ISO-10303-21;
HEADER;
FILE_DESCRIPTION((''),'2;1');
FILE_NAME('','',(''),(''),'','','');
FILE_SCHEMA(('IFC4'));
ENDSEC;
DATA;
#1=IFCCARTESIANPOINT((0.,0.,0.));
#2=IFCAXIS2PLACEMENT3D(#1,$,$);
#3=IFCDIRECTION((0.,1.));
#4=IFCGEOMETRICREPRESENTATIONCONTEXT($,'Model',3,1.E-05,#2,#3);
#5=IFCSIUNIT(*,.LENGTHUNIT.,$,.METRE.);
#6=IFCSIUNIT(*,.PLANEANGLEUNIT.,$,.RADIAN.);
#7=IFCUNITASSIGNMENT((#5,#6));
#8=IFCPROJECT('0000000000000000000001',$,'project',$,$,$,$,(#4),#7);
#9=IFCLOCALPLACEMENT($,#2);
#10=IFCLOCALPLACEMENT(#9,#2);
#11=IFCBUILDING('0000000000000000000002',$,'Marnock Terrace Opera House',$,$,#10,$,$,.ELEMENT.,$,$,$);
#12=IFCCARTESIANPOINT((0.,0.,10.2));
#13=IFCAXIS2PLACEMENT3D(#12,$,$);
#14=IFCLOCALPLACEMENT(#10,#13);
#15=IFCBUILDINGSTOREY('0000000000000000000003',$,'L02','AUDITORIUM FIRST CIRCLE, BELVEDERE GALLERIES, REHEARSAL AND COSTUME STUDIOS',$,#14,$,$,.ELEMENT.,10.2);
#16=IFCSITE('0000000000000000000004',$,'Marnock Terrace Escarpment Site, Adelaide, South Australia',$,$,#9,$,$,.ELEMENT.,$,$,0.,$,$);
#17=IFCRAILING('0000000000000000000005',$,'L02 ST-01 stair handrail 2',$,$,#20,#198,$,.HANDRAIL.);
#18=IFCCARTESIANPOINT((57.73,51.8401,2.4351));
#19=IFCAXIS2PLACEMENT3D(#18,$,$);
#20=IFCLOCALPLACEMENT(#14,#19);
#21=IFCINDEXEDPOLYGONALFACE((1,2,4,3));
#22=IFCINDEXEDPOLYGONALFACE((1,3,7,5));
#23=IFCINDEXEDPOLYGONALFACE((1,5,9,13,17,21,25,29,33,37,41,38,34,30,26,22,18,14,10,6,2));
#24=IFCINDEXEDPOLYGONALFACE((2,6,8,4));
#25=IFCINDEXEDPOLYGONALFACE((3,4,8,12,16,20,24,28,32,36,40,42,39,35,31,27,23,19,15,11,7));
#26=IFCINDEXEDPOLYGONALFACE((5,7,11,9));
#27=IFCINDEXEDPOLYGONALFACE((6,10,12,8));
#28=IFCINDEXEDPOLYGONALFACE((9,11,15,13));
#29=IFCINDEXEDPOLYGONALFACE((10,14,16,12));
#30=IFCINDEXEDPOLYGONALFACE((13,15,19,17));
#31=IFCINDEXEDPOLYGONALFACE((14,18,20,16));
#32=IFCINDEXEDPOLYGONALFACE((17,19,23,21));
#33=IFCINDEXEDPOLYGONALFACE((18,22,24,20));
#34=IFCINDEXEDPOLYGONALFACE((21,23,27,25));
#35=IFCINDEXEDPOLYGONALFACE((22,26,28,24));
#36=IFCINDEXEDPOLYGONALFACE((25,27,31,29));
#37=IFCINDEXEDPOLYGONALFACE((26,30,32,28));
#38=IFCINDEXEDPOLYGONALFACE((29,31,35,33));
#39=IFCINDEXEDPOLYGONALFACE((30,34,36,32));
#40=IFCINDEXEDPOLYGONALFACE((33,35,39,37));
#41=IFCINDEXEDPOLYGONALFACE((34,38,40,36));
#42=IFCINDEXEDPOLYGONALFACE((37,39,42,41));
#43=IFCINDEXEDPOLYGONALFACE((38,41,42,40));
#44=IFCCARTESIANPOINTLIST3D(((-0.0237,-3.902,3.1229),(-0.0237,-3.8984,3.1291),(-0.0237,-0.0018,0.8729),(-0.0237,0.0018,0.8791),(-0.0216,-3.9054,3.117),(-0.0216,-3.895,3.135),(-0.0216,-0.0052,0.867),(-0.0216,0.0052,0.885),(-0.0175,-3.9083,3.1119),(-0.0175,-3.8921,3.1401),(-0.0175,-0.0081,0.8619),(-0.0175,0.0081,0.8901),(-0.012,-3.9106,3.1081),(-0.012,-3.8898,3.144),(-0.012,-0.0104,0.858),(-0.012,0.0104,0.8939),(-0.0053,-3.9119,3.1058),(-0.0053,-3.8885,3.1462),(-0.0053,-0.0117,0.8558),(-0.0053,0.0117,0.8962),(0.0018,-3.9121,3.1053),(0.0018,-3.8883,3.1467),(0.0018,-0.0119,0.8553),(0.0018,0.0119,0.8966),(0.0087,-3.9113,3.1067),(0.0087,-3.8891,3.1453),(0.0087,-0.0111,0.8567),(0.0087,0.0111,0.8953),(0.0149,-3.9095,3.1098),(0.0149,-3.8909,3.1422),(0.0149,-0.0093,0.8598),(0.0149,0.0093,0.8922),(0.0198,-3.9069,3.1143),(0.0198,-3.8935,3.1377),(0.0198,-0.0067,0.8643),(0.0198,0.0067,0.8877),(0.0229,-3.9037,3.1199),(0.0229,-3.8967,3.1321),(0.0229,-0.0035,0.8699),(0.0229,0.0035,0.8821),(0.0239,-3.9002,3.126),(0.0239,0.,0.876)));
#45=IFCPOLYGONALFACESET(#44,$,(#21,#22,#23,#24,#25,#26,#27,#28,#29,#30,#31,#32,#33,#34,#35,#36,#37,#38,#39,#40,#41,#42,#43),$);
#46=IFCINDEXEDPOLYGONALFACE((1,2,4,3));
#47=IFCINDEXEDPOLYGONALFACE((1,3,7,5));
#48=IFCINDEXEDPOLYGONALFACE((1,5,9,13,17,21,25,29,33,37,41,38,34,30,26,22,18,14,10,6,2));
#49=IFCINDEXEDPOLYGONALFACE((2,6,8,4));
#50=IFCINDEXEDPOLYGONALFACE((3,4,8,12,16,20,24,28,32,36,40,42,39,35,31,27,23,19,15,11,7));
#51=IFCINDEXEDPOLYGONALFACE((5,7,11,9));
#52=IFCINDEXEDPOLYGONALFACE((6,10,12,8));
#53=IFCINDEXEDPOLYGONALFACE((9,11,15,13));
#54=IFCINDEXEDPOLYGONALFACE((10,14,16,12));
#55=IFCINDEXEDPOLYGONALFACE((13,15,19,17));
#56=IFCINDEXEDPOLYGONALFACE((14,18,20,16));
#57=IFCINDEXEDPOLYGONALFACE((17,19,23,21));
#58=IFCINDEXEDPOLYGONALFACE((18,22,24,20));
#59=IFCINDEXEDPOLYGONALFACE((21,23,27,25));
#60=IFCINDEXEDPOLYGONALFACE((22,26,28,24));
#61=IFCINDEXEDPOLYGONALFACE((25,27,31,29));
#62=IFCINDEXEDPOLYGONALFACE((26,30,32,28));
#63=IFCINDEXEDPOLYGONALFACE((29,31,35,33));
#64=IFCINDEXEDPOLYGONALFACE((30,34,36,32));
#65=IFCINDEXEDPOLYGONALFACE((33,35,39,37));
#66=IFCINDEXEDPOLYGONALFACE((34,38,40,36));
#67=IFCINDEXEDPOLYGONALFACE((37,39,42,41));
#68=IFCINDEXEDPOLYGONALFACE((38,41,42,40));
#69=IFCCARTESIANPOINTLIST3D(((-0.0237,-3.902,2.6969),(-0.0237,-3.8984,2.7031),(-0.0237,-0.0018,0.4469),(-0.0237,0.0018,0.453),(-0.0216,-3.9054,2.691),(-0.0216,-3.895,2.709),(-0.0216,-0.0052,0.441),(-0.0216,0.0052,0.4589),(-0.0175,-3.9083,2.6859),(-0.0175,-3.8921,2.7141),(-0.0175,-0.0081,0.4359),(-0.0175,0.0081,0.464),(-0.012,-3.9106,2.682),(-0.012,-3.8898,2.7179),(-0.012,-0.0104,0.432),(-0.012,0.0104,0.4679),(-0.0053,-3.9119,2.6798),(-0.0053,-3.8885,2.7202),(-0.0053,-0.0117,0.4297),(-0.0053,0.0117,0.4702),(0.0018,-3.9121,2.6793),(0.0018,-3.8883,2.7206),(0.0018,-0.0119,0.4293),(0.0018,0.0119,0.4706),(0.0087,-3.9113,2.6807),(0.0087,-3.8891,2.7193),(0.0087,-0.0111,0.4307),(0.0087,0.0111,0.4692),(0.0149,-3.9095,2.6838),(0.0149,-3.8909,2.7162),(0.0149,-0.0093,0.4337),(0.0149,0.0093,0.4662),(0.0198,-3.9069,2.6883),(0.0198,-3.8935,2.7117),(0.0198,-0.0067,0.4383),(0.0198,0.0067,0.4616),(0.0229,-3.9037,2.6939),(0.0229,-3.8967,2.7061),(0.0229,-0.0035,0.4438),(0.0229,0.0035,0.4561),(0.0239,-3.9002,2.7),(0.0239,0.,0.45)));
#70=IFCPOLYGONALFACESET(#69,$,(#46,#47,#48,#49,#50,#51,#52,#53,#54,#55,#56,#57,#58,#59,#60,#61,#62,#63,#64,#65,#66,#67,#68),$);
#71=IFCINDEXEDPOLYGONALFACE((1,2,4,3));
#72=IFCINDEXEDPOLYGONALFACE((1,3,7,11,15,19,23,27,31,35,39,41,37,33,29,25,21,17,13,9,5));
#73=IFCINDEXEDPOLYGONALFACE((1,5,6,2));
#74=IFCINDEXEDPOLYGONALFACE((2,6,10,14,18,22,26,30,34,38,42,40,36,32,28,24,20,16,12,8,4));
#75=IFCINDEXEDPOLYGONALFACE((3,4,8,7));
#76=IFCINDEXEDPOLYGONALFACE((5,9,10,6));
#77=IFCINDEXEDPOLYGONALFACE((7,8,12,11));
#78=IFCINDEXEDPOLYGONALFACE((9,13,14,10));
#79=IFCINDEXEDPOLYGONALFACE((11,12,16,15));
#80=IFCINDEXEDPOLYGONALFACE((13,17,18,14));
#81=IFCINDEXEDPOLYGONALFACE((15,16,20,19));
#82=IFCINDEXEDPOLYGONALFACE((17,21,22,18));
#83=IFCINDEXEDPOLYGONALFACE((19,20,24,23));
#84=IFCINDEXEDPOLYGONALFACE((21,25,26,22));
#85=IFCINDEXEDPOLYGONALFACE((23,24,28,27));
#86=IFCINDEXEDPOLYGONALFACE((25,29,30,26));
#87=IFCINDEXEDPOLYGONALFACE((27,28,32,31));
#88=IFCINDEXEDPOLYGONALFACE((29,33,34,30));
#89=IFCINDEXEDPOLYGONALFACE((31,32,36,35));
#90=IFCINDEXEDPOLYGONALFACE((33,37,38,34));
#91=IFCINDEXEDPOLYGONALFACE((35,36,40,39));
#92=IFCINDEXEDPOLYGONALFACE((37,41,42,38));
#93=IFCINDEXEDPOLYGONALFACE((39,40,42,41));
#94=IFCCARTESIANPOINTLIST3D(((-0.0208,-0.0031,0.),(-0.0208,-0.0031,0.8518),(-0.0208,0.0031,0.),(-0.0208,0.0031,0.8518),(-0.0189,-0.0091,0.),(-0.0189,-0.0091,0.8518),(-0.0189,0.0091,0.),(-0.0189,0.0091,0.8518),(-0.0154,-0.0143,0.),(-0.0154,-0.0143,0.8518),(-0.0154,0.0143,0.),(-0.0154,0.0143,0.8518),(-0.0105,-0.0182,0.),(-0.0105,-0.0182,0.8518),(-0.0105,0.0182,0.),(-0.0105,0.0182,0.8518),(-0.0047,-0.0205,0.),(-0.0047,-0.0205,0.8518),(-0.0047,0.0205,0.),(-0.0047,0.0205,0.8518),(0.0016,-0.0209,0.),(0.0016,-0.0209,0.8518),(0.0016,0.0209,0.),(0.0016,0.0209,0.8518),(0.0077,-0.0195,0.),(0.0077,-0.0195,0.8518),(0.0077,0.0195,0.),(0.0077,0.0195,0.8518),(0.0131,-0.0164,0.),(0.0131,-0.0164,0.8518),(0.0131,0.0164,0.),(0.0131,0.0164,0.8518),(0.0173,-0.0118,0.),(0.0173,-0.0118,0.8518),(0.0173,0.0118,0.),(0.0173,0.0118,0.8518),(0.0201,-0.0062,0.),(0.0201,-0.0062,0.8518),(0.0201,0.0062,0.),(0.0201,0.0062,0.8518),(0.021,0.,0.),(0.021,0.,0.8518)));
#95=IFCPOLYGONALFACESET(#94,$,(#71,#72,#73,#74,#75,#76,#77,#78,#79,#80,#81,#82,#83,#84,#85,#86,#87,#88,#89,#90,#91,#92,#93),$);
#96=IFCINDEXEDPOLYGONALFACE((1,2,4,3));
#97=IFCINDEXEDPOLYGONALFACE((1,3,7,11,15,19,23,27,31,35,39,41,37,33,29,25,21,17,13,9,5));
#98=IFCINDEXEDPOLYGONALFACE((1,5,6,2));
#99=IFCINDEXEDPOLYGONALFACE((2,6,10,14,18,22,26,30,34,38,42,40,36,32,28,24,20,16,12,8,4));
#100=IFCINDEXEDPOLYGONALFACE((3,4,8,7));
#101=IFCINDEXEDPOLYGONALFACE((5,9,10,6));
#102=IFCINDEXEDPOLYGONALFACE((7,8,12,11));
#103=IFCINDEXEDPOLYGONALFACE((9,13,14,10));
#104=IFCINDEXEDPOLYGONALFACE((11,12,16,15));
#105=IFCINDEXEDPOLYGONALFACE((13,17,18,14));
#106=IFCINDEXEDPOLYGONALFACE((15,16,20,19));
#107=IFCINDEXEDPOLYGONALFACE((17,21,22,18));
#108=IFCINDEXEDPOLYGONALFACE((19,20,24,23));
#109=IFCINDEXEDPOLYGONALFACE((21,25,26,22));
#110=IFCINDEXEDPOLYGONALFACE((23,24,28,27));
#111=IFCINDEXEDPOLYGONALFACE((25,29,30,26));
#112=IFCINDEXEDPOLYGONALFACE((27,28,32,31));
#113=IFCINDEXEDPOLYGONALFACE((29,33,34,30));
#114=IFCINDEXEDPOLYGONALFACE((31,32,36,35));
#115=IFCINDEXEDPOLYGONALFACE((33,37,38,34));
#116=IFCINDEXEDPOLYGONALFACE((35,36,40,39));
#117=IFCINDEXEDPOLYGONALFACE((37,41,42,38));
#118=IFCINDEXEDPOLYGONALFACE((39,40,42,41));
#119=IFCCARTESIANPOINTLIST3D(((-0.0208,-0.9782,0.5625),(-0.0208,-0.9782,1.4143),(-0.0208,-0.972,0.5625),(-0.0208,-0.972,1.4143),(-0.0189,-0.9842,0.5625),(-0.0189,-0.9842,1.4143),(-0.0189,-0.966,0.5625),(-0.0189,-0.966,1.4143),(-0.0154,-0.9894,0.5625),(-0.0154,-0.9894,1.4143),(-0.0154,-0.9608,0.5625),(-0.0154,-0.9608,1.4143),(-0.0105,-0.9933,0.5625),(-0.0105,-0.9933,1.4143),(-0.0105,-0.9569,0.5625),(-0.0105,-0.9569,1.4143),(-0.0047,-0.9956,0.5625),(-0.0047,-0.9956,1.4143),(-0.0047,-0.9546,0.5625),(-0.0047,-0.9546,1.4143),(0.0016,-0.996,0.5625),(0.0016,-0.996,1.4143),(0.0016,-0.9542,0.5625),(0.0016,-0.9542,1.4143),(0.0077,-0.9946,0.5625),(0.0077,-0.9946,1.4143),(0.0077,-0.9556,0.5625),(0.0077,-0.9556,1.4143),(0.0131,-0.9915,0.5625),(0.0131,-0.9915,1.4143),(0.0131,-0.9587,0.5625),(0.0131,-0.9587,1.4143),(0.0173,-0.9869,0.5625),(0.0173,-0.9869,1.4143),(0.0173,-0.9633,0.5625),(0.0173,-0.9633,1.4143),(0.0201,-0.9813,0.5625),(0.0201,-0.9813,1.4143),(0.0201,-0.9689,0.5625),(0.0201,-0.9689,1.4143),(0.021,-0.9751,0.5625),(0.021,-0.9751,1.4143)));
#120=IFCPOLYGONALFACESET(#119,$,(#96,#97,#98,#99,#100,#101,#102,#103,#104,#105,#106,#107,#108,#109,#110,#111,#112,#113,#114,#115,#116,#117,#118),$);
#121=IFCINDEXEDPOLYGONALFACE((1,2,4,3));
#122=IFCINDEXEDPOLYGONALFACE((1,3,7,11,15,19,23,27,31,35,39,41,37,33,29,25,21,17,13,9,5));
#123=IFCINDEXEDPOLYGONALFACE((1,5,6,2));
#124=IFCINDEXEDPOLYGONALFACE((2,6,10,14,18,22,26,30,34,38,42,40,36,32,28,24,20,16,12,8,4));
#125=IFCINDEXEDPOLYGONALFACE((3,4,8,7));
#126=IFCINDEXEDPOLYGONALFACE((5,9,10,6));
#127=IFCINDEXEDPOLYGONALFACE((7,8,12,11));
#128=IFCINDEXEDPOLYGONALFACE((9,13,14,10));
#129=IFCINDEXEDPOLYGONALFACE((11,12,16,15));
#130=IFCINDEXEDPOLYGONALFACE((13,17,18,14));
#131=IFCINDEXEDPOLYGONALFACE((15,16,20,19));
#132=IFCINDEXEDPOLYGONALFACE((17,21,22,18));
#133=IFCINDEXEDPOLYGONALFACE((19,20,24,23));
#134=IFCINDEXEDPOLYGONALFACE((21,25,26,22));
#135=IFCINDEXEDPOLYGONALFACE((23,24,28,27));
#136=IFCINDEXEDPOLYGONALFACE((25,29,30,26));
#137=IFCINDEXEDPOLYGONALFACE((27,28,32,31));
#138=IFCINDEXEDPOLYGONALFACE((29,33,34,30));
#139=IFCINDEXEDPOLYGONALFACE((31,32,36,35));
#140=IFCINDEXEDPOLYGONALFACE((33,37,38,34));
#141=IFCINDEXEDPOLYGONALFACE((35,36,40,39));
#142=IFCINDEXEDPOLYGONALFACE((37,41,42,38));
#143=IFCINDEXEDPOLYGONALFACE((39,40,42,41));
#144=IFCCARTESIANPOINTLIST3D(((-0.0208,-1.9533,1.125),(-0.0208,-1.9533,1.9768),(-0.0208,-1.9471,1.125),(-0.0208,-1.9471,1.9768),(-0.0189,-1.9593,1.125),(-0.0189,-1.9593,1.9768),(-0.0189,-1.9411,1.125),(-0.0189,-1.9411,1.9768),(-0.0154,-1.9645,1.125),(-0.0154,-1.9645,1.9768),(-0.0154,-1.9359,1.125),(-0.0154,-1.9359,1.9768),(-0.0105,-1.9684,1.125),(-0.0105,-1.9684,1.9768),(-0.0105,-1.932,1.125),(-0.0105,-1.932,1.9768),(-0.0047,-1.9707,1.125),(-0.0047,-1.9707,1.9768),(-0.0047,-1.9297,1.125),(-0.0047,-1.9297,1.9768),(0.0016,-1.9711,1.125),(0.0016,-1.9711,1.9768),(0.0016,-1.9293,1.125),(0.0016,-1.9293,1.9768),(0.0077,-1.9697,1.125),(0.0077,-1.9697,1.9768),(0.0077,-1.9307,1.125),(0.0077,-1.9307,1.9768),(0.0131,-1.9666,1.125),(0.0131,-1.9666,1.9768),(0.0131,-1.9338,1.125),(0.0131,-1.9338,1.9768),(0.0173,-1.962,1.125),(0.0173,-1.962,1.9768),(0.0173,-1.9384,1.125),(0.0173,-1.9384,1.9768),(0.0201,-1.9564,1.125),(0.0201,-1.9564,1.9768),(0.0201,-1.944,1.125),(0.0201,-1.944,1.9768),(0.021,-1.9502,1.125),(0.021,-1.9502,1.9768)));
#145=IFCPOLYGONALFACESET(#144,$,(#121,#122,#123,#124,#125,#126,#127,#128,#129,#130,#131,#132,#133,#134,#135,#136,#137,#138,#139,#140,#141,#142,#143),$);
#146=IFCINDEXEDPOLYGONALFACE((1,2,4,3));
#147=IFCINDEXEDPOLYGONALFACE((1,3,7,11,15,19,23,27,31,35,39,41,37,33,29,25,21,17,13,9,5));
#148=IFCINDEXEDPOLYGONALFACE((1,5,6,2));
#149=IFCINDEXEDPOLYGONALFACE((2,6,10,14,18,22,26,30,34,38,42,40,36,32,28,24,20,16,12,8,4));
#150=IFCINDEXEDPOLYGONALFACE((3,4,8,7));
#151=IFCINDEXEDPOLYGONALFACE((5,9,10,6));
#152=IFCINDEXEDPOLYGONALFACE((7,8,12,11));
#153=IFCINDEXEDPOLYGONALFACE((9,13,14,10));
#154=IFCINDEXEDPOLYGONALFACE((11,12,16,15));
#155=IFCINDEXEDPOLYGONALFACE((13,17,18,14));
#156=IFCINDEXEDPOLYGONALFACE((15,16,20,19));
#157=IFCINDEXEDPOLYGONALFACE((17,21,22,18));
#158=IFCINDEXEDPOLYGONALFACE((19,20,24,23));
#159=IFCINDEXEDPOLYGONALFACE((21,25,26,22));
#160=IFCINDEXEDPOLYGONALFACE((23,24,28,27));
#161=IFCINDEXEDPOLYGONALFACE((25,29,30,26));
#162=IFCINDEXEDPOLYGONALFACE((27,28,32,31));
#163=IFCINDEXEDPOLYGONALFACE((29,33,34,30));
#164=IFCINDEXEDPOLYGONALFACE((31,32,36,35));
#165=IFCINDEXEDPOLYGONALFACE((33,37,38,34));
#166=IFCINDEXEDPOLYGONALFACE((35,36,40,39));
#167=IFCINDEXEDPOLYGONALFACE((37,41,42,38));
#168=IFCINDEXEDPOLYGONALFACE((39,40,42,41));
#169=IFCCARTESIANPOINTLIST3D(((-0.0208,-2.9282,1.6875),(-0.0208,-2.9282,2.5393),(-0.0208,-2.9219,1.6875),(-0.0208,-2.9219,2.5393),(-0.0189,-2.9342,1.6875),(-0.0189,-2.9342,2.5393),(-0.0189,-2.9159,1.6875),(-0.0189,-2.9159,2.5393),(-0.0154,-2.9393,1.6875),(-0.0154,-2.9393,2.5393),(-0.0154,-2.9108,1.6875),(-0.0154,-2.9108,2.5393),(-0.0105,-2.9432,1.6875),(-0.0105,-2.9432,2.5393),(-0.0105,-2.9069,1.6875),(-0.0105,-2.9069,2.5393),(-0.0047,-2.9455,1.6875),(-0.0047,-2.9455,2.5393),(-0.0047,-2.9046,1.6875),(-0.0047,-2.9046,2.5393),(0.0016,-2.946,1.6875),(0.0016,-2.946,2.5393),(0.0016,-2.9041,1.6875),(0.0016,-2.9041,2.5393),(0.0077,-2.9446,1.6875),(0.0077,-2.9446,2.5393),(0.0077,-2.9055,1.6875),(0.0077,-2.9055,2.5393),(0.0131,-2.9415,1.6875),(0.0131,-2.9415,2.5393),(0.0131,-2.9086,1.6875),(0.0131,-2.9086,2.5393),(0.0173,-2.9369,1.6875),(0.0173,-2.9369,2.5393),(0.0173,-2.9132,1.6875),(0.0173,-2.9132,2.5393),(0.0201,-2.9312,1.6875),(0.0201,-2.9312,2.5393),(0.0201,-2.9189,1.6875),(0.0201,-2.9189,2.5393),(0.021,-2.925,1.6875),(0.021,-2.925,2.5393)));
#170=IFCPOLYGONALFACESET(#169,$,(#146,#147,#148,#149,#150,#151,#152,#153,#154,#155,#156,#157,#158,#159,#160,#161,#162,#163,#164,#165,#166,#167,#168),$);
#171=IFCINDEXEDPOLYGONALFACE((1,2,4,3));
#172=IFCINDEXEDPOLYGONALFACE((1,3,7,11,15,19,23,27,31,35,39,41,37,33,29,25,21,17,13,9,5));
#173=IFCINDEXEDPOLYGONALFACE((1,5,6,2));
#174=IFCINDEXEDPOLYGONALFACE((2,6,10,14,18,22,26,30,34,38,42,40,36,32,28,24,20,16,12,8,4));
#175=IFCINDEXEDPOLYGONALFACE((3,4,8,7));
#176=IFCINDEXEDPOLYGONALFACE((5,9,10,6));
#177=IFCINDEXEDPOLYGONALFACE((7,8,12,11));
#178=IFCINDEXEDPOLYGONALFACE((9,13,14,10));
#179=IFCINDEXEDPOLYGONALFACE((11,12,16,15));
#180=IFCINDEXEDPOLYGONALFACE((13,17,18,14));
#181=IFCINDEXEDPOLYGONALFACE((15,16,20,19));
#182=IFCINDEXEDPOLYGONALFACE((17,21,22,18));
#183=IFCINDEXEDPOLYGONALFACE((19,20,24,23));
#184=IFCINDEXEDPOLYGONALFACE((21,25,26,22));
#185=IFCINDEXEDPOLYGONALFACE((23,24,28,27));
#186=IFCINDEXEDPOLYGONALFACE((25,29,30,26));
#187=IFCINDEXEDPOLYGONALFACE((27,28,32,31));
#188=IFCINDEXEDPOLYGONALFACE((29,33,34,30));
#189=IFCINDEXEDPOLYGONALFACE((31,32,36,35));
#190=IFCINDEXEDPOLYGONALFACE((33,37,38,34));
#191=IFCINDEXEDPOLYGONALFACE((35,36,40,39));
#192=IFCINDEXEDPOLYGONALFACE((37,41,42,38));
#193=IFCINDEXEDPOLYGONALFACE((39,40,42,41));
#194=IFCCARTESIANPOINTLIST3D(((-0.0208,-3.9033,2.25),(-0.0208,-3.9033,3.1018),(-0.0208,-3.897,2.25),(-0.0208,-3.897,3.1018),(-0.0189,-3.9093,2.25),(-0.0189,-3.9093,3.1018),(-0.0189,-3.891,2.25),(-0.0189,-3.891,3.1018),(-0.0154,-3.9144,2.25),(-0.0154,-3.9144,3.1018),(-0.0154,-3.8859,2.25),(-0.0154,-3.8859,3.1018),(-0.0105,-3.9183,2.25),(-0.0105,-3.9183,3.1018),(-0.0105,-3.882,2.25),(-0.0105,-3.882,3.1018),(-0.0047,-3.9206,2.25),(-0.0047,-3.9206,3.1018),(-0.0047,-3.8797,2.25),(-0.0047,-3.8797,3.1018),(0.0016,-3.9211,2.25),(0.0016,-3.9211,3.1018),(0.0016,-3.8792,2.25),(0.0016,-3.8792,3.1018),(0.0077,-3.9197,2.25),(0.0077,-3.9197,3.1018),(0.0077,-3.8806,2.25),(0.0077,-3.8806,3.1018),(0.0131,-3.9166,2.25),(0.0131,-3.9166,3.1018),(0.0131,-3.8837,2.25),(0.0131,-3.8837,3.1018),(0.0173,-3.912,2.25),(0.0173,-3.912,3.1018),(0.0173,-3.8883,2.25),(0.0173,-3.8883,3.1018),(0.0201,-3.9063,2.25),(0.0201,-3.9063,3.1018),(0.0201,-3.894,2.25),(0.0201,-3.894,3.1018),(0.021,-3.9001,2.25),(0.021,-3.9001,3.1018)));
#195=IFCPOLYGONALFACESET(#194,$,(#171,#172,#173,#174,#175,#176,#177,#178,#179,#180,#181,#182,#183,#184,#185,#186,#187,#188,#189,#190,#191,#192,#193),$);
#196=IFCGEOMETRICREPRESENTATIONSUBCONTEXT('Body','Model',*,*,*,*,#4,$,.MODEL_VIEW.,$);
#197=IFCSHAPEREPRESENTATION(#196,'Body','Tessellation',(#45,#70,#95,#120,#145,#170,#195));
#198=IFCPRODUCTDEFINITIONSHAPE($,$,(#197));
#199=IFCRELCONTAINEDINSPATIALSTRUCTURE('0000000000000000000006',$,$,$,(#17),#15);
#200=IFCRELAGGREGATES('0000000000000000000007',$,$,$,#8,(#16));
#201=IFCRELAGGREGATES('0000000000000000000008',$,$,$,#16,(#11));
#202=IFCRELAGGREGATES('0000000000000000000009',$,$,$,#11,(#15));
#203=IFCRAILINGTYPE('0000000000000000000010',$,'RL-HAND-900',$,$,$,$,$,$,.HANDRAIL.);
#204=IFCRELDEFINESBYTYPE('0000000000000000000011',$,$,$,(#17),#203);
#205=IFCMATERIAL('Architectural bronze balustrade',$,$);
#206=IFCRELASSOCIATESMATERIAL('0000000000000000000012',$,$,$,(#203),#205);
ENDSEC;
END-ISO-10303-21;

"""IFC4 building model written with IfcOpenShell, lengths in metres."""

from ifc_helpers import new_model, si_unit, direction, frame, origin, origin_2d, place, context, subcontext, project, spatial, circle, extrude, material, type_object, element, save


model = new_model("IFC4")

# Units and contexts
model_context = context("Model", 3, precision=1e-05, world=origin(), true_north=direction((0.0, 1.0)))
body_context = subcontext(model_context, "Body", "Model", "MODEL_VIEW")
ifc_project = project(units=[si_unit("LENGTHUNIT", "METRE"), si_unit("PLANEANGLEUNIT", "RADIAN")], contexts=[model_context])

# Site, building, storey
site_placement = place(None, origin())
site = spatial("IfcSite", under=ifc_project, at=site_placement, Name="Marnock Terrace Escarpment Site, Adelaide, South Australia", CompositionType="ELEMENT", RefElevation=0.0)
building_placement = place(site_placement, origin())
building = spatial("IfcBuilding", under=site, at=building_placement, Name="Marnock Terrace Opera House", CompositionType="ELEMENT")
storey_placement = place(building_placement, frame((0.0, 0.0, 10.2)))
storey = spatial("IfcBuildingStorey", under=building, at=storey_placement, Name="L02", Description="AUDITORIUM FIRST CIRCLE, BELVEDERE GALLERIES, REHEARSAL AND COSTUME STUDIOS", CompositionType="ELEMENT", Elevation=10.2)

# Railing
ifc_material_1 = material(Name="Architectural bronze balustrade")
railing_type_1 = type_object("IfcRailingType", Name="RL-HAND-900", PredefinedType="HANDRAIL", material=ifc_material_1)
railing_1_placement = place(storey_placement, frame((57.73, 51.8401, 2.4351)))
element("IfcRailing", 1, at=railing_1_placement, inside=storey, type_object=railing_type_1, Name="L02 ST-01 stair handrail 2", PredefinedType="HANDRAIL", context=body_context, shape_type="SweptSolid", body=[
    extrude(circle(Radius=0.0239, at=origin_2d()), frame((0.0, 0.0, 0.876), z_axis=(0.0, -0.866194, 0.499708), x_axis=(1.0, 0.0, 0.0)), (0.0, 0.0, 1.0), 4.5027),
    extrude(circle(Radius=0.0239, at=origin_2d()), frame((0.0, 0.0, 0.45), z_axis=(0.0, -0.866194, 0.499708), x_axis=(1.0, 0.0, 0.0)), (0.0, 0.0, 1.0), 4.5027),
    extrude(circle(Radius=0.021, at=origin_2d()), origin(), (0.0, 0.0, 1.0), 0.8518),
    extrude(circle(Radius=0.021, at=origin_2d()), frame((0.0, -0.9751, 0.5625)), (0.0, 0.0, 1.0), 0.8518),
    extrude(circle(Radius=0.021, at=origin_2d()), frame((0.0, -1.9502, 1.125)), (0.0, 0.0, 1.0), 0.8518),
    extrude(circle(Radius=0.021, at=origin_2d()), frame((0.0, -2.925, 1.6875)), (0.0, 0.0, 1.0), 0.8518),
    extrude(circle(Radius=0.021, at=origin_2d()), frame((0.0, -3.9001, 2.25)), (0.0, 0.0, 1.0), 0.8518),
])

save(model, "model.ifc")
